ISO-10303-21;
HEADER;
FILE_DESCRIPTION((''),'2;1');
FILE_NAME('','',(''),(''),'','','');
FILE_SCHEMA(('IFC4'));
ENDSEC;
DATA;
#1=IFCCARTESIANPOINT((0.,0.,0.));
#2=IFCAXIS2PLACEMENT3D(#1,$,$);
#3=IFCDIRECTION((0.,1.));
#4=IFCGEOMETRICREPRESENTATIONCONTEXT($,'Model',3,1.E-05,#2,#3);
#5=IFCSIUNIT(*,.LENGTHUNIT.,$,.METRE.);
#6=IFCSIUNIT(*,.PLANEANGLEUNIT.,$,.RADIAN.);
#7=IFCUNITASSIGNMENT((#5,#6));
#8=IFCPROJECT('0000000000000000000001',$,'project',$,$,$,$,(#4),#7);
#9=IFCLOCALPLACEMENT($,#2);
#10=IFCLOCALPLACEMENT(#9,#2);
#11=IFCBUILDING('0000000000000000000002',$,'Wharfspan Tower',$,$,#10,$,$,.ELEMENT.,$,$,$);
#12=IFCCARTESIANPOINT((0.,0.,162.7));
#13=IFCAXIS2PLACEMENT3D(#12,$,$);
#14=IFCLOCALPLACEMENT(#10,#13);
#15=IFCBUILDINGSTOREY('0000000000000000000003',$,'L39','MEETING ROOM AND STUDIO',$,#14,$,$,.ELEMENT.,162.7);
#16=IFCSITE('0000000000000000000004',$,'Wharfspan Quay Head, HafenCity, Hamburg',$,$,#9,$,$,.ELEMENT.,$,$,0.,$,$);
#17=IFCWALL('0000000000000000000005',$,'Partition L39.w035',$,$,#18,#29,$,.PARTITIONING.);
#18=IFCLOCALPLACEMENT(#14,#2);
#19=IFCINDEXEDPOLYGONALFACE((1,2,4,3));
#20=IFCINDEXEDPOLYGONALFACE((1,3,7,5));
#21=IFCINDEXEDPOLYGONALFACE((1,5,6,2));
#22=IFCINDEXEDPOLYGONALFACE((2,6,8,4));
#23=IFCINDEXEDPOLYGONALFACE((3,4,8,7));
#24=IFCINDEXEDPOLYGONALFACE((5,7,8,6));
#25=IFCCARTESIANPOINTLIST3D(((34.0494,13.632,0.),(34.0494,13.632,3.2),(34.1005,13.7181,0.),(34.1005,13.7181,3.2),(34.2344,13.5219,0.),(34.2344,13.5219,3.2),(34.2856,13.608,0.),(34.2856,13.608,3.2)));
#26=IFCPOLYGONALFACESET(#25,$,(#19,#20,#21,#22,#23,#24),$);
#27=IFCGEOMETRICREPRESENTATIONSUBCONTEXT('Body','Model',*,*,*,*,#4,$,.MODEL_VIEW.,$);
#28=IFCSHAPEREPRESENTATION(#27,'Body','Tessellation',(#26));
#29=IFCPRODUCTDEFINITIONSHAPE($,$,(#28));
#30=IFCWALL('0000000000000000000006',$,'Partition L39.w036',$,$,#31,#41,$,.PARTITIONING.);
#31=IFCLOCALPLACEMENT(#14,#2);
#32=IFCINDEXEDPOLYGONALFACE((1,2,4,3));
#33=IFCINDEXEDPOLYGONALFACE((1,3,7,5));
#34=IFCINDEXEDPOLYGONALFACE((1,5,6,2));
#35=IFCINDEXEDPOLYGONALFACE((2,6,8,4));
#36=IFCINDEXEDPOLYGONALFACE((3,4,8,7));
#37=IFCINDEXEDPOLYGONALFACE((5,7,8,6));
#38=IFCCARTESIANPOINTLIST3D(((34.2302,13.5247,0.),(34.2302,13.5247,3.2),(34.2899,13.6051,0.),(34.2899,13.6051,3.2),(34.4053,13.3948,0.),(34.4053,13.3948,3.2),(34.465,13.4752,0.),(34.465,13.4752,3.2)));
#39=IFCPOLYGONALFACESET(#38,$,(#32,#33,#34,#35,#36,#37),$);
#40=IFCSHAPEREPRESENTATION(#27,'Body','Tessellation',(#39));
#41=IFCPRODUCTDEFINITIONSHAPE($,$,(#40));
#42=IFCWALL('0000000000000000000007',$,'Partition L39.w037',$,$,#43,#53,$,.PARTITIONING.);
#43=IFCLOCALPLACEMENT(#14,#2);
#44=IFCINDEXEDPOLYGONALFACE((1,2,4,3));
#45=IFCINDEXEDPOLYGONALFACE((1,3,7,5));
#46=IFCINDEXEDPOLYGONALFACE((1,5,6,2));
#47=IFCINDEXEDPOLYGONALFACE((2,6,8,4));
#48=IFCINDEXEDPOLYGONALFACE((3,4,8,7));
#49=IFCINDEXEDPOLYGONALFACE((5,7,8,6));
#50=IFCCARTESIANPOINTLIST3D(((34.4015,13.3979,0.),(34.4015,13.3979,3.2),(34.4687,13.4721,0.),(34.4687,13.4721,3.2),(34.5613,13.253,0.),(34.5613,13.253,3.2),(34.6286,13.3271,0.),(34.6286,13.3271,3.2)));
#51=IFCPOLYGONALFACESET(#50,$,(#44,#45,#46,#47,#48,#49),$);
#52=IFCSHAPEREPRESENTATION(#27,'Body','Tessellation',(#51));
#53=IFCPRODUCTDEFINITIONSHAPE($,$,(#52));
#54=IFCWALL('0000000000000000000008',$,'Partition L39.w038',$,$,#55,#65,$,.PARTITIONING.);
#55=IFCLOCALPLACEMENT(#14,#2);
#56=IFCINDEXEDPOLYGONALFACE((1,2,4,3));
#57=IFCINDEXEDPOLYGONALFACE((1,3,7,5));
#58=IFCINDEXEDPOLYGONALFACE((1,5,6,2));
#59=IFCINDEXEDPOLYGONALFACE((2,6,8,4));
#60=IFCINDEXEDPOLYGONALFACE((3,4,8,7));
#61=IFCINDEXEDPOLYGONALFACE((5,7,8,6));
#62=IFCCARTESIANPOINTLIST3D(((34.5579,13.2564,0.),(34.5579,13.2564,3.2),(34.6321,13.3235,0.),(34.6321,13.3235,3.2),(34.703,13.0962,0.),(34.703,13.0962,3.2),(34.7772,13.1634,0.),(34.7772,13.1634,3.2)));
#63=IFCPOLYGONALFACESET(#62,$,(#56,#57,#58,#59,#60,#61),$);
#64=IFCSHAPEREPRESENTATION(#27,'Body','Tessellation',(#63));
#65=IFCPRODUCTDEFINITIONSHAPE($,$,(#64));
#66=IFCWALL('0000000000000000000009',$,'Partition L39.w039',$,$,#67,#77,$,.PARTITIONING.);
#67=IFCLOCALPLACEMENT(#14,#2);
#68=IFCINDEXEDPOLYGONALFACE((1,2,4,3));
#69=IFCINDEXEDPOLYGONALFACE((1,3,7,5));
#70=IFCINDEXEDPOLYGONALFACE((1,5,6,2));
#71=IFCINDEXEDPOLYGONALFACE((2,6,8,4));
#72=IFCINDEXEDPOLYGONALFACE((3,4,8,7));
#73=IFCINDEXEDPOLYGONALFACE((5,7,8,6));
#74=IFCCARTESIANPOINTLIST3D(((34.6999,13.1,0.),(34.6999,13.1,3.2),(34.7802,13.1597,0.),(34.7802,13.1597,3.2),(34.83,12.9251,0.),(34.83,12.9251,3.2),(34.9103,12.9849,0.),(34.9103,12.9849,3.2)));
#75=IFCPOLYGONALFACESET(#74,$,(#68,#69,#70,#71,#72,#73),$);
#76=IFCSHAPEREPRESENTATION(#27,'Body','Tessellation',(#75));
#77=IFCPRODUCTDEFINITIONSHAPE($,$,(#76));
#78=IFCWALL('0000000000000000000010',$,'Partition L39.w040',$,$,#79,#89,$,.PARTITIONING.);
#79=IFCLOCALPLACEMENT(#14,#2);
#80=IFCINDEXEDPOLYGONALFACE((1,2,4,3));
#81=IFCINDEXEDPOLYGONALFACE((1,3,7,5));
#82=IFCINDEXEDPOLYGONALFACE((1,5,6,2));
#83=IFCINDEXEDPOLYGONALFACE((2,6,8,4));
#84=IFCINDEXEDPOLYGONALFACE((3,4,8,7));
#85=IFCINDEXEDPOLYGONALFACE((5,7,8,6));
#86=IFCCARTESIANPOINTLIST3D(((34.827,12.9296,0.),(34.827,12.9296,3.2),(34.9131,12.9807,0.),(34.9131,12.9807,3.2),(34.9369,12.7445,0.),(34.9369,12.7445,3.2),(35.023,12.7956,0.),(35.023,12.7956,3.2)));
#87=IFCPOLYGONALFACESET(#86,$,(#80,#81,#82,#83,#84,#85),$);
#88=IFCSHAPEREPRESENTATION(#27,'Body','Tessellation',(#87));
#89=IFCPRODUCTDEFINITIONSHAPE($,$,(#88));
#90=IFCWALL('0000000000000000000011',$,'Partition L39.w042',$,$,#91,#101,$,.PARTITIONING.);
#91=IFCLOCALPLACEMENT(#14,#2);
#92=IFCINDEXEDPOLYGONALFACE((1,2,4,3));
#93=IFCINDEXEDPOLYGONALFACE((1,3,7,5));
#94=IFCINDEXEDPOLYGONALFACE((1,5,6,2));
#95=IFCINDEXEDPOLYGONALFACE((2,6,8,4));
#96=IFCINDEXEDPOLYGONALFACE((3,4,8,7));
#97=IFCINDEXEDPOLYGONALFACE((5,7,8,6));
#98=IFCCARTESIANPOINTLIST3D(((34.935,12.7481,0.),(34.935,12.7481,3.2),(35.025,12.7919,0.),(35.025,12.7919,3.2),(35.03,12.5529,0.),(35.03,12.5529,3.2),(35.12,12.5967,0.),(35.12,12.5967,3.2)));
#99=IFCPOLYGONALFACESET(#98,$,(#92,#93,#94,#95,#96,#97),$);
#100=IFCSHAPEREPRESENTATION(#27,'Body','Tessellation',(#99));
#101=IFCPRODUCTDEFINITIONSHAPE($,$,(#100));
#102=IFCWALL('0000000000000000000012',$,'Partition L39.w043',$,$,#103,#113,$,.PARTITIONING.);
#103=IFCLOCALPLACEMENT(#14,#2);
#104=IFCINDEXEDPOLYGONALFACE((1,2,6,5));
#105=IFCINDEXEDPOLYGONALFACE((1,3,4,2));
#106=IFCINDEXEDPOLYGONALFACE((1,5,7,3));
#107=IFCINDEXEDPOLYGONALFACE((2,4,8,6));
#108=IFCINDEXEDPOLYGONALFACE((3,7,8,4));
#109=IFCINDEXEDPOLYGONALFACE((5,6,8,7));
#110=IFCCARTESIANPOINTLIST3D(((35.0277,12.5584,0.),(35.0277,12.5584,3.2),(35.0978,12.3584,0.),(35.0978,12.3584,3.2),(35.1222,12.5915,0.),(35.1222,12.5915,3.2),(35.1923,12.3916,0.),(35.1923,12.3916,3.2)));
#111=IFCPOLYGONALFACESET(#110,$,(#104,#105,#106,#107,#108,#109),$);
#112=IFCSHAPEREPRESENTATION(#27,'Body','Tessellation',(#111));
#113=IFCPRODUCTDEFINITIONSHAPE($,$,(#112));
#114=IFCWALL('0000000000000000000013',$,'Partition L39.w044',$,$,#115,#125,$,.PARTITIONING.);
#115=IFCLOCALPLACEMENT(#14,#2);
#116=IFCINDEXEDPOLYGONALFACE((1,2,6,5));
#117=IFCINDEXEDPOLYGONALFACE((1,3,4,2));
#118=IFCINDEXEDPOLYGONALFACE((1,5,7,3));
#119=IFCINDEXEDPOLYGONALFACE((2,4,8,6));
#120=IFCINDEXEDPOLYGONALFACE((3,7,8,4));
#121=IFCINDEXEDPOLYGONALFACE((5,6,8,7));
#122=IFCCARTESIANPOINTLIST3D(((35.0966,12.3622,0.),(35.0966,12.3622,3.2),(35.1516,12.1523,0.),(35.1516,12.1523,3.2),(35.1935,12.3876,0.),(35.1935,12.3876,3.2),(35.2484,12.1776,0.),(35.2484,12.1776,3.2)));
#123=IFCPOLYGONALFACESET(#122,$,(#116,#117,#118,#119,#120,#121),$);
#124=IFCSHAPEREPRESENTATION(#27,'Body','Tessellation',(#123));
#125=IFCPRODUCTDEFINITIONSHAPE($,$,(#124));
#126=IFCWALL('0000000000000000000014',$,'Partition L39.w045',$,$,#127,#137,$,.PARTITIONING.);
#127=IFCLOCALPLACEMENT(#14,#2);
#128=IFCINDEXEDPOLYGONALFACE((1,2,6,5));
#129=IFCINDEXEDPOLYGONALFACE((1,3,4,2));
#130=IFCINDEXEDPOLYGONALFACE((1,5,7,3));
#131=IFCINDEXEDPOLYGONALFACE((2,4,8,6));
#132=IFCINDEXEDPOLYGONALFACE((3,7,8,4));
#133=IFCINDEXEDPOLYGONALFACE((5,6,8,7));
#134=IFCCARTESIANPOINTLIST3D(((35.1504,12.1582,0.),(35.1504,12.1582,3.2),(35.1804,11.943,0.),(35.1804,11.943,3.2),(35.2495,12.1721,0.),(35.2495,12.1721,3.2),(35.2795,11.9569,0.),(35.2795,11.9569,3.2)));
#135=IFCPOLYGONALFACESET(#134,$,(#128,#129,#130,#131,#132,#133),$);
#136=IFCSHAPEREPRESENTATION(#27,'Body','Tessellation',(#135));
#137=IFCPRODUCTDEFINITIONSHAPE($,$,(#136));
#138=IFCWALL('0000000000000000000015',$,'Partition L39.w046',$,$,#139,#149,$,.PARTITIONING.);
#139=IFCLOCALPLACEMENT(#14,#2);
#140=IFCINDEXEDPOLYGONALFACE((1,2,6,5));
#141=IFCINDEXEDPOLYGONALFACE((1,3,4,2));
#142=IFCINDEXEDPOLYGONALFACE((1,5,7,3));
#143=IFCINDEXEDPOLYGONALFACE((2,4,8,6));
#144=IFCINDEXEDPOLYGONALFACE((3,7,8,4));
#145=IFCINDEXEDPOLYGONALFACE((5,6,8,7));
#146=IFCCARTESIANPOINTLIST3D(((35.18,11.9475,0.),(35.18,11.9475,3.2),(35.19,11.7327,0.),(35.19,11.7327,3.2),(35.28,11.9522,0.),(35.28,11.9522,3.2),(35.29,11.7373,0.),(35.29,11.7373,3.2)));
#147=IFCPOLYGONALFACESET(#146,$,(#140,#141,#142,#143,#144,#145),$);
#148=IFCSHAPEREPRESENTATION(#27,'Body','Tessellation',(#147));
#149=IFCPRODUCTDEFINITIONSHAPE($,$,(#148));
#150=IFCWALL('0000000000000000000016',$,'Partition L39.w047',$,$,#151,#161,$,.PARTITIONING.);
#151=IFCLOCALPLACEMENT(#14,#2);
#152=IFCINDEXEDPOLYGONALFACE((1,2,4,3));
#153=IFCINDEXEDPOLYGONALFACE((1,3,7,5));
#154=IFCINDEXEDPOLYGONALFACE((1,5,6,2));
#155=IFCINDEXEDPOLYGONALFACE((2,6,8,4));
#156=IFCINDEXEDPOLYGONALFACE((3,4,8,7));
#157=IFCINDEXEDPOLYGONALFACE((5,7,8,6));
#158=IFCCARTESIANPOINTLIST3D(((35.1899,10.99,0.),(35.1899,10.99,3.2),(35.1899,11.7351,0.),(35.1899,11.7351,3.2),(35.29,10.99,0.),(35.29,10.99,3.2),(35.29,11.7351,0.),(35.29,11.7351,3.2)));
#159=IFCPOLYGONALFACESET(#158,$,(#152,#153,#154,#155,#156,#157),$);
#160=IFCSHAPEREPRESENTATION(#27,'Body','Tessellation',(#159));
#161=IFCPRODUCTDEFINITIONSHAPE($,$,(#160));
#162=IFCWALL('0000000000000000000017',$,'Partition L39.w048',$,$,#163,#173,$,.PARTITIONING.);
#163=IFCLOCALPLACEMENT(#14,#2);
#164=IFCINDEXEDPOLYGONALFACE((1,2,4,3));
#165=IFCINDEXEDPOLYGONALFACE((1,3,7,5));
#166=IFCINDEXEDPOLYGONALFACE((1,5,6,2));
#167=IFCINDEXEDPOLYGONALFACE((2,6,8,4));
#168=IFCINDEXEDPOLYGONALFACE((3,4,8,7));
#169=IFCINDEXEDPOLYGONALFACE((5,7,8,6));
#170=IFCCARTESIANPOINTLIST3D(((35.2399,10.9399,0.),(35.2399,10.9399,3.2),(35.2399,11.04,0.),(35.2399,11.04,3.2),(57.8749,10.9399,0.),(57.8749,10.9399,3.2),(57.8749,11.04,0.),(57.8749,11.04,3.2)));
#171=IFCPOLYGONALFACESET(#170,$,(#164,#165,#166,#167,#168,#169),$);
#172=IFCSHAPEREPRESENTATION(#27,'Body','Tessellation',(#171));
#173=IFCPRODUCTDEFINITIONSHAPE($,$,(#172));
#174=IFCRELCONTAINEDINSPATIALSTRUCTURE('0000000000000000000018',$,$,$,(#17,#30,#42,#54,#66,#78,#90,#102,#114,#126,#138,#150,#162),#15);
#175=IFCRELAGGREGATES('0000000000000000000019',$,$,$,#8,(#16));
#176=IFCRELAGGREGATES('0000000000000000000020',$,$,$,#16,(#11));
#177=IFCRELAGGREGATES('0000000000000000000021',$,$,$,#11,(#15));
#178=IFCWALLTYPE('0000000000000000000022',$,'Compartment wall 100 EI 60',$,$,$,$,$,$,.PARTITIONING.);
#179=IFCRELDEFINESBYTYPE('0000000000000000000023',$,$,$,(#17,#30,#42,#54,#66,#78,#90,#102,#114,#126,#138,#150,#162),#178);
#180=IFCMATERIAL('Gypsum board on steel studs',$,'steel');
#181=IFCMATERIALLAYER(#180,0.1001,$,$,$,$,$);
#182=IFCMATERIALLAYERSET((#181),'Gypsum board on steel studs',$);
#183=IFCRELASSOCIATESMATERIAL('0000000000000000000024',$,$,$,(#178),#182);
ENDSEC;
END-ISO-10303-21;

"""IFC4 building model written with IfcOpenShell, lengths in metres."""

from ifc_helpers import new_model, si_unit, direction, frame, frame_2d, origin, place, context, subcontext, project, spatial, rectangle, extrude, material, layer, layer_set, type_object, element, save


model = new_model("IFC4")

# Units and contexts
model_context = context("Model", 3, precision=1e-05, world=origin(), true_north=direction((0.0, 1.0)))
body_context = subcontext(model_context, "Body", "Model", "MODEL_VIEW")
ifc_project = project(units=[si_unit("LENGTHUNIT", "METRE"), si_unit("PLANEANGLEUNIT", "RADIAN")], contexts=[model_context])

# Site, building, storey
site_placement = place(None, origin())
site = spatial("IfcSite", under=ifc_project, at=site_placement, Name="Wharfspan Quay Head, HafenCity, Hamburg", CompositionType="ELEMENT", RefElevation=0.0)
building_placement = place(site_placement, origin())
building = spatial("IfcBuilding", under=site, at=building_placement, Name="Wharfspan Tower", CompositionType="ELEMENT")
storey_placement = place(building_placement, frame((0.0, 0.0, 162.7)))
storey = spatial("IfcBuildingStorey", under=building, at=storey_placement, Name="L39", Description="MEETING ROOM AND STUDIO", CompositionType="ELEMENT", Elevation=162.7)

# Shared definitions
ifc_material_1 = material(Name="Gypsum board on steel studs", Category="steel")
ifc_layer_1 = layer(ifc_material_1, 0.1001)
ifc_layer_set_1 = layer_set([ifc_layer_1], Name="Gypsum board on steel studs")
wall_type_1 = type_object("IfcWallType", Name="Compartment wall 100 EI 60", PredefinedType="PARTITIONING", material=ifc_layer_set_1)

# Walls
wall_1_placement = place(storey_placement, frame((34.26, 13.5649, 0.0), z_axis=(0.0, 0.0, 1.0), x_axis=(-0.859387, 0.511324, 0.0)))
element("IfcWall", 1, at=wall_1_placement, inside=storey, type_object=wall_type_1, Name="Partition L39.w035", PredefinedType="PARTITIONING", context=body_context, shape_type="SweptSolid", body=[
    extrude(rectangle(XDim=0.2153, YDim=0.1001, at=frame_2d((0.1077, 0.0))), origin(), (0.0, 0.0, 1.0), 3.2),
])
wall_2_placement = place(storey_placement, frame((34.4351, 13.4351, 0.0), z_axis=(0.0, 0.0, 1.0), x_axis=(-0.803079, 0.595869, 0.0)))
element("IfcWall", 2, at=wall_2_placement, inside=storey, type_object=wall_type_1, Name="Partition L39.w036", PredefinedType="PARTITIONING", context=body_context, shape_type="SweptSolid", body=[
    extrude(rectangle(XDim=0.218, YDim=0.1001, at=frame_2d((0.1089, 0.0))), origin(), (0.0, 0.0, 1.0), 3.2),
])
wall_3_placement = place(storey_placement, frame((34.595, 13.29, 0.0), z_axis=(0.0, 0.0, 1.0), x_axis=(-0.740762, 0.671775, 0.0)))
element("IfcWall", 3, at=wall_3_placement, inside=storey, type_object=wall_type_1, Name="Partition L39.w037", PredefinedType="PARTITIONING", context=body_context, shape_type="SweptSolid", body=[
    extrude(rectangle(XDim=0.2158, YDim=0.1001, at=frame_2d((0.1079, 0.0))), origin(), (0.0, 0.0, 1.0), 3.2),
])
wall_4_placement = place(storey_placement, frame((34.74, 13.1299, 0.0), z_axis=(0.0, 0.0, 1.0), x_axis=(-0.67121, 0.741269, 0.0)))
element("IfcWall", 4, at=wall_4_placement, inside=storey, type_object=wall_type_1, Name="Partition L39.w038", PredefinedType="PARTITIONING", context=body_context, shape_type="SweptSolid", body=[
    extrude(rectangle(XDim=0.2161, YDim=0.1001, at=frame_2d((0.1079, 0.0))), origin(), (0.0, 0.0, 1.0), 3.2),
])
wall_5_placement = place(storey_placement, frame((34.8701, 12.9551, 0.0), z_axis=(0.0, 0.0, 1.0), x_axis=(-0.597126, 0.802143, 0.0)))
element("IfcWall", 5, at=wall_5_placement, inside=storey, type_object=wall_type_1, Name="Partition L39.w039", PredefinedType="PARTITIONING", context=body_context, shape_type="SweptSolid", body=[
    extrude(rectangle(XDim=0.218, YDim=0.1001, at=frame_2d((0.1089, 0.0))), origin(), (0.0, 0.0, 1.0), 3.2),
])
wall_6_placement = place(storey_placement, frame((34.98, 12.77, 0.0), z_axis=(0.0, 0.0, 1.0), x_axis=(-0.510487, 0.859887, 0.0)))
element("IfcWall", 6, at=wall_6_placement, inside=storey, type_object=wall_type_1, Name="Partition L39.w040", PredefinedType="PARTITIONING", context=body_context, shape_type="SweptSolid", body=[
    extrude(rectangle(XDim=0.2153, YDim=0.1001, at=frame_2d((0.1077, 0.0))), origin(), (0.0, 0.0, 1.0), 3.2),
])
wall_7_placement = place(storey_placement, frame((35.075, 12.575, 0.0), z_axis=(0.0, 0.0, 1.0), x_axis=(-0.437736, 0.899103, 0.0)))
element("IfcWall", 7, at=wall_7_placement, inside=storey, type_object=wall_type_1, Name="Partition L39.w042", PredefinedType="PARTITIONING", context=body_context, shape_type="SweptSolid", body=[
    extrude(rectangle(XDim=0.217, YDim=0.1001, at=frame_2d((0.1084, 0.0))), origin(), (0.0, 0.0, 1.0), 3.2),
])
wall_8_placement = place(storey_placement, frame((35.145, 12.375, 0.0), z_axis=(0.0, 0.0, 1.0), x_axis=(-0.330711, 0.943736, 0.0)))
element("IfcWall", 8, at=wall_8_placement, inside=storey, type_object=wall_type_1, Name="Partition L39.w043", PredefinedType="PARTITIONING", context=body_context, shape_type="SweptSolid", body=[
    extrude(rectangle(XDim=0.2119, YDim=0.1001, at=frame_2d((0.106, 0.0))), origin(), (0.0, 0.0, 1.0), 3.2),
])
wall_9_placement = place(storey_placement, frame((35.2, 12.165, 0.0), z_axis=(0.0, 0.0, 1.0), x_axis=(-0.253108, 0.967435, 0.0)))
element("IfcWall", 9, at=wall_9_placement, inside=storey, type_object=wall_type_1, Name="Partition L39.w044", PredefinedType="PARTITIONING", context=body_context, shape_type="SweptSolid", body=[
    extrude(rectangle(XDim=0.217, YDim=0.1001, at=frame_2d((0.1084, 0.0))), origin(), (0.0, 0.0, 1.0), 3.2),
])
wall_10_placement = place(storey_placement, frame((35.23, 11.95, 0.0), z_axis=(0.0, 0.0, 1.0), x_axis=(-0.138273, 0.990394, 0.0)))
element("IfcWall", 10, at=wall_10_placement, inside=storey, type_object=wall_type_1, Name="Partition L39.w045", PredefinedType="PARTITIONING", context=body_context, shape_type="SweptSolid", body=[
    extrude(rectangle(XDim=0.2173, YDim=0.1001, at=frame_2d((0.1086, 0.0))), origin(), (0.0, 0.0, 1.0), 3.2),
])
wall_11_placement = place(storey_placement, frame((35.24, 11.7351, 0.0), z_axis=(0.0, 0.0, 1.0), x_axis=(-0.04654, 0.998912, 0.0)))
element("IfcWall", 11, at=wall_11_placement, inside=storey, type_object=wall_type_1, Name="Partition L39.w046", PredefinedType="PARTITIONING", context=body_context, shape_type="SweptSolid", body=[
    extrude(rectangle(XDim=0.2151, YDim=0.1001, at=frame_2d((0.1074, 0.0))), origin(), (0.0, 0.0, 1.0), 3.2),
])
wall_12_placement = place(storey_placement, frame((35.24, 10.99, 0.0), z_axis=(0.0, 0.0, 1.0), x_axis=(0.0, 1.0, 0.0)))
element("IfcWall", 12, at=wall_12_placement, inside=storey, type_object=wall_type_1, Name="Partition L39.w047", PredefinedType="PARTITIONING", context=body_context, shape_type="SweptSolid", body=[
    extrude(rectangle(XDim=0.7451, YDim=0.1001, at=frame_2d((0.3726, 0.0))), origin(), (0.0, 0.0, 1.0), 3.2),
])
wall_13_placement = place(storey_placement, frame((35.24, 10.99, 0.0), z_axis=(0.0, 0.0, 1.0), x_axis=(1.0, 0.0, 0.0)))
element("IfcWall", 13, at=wall_13_placement, inside=storey, type_object=wall_type_1, Name="Partition L39.w048", PredefinedType="PARTITIONING", context=body_context, shape_type="SweptSolid", body=[
    extrude(rectangle(XDim=22.635, YDim=0.1001, at=frame_2d((11.3174, 0.0))), origin(), (0.0, 0.0, 1.0), 3.2),
])

save(model, "model.ifc")
